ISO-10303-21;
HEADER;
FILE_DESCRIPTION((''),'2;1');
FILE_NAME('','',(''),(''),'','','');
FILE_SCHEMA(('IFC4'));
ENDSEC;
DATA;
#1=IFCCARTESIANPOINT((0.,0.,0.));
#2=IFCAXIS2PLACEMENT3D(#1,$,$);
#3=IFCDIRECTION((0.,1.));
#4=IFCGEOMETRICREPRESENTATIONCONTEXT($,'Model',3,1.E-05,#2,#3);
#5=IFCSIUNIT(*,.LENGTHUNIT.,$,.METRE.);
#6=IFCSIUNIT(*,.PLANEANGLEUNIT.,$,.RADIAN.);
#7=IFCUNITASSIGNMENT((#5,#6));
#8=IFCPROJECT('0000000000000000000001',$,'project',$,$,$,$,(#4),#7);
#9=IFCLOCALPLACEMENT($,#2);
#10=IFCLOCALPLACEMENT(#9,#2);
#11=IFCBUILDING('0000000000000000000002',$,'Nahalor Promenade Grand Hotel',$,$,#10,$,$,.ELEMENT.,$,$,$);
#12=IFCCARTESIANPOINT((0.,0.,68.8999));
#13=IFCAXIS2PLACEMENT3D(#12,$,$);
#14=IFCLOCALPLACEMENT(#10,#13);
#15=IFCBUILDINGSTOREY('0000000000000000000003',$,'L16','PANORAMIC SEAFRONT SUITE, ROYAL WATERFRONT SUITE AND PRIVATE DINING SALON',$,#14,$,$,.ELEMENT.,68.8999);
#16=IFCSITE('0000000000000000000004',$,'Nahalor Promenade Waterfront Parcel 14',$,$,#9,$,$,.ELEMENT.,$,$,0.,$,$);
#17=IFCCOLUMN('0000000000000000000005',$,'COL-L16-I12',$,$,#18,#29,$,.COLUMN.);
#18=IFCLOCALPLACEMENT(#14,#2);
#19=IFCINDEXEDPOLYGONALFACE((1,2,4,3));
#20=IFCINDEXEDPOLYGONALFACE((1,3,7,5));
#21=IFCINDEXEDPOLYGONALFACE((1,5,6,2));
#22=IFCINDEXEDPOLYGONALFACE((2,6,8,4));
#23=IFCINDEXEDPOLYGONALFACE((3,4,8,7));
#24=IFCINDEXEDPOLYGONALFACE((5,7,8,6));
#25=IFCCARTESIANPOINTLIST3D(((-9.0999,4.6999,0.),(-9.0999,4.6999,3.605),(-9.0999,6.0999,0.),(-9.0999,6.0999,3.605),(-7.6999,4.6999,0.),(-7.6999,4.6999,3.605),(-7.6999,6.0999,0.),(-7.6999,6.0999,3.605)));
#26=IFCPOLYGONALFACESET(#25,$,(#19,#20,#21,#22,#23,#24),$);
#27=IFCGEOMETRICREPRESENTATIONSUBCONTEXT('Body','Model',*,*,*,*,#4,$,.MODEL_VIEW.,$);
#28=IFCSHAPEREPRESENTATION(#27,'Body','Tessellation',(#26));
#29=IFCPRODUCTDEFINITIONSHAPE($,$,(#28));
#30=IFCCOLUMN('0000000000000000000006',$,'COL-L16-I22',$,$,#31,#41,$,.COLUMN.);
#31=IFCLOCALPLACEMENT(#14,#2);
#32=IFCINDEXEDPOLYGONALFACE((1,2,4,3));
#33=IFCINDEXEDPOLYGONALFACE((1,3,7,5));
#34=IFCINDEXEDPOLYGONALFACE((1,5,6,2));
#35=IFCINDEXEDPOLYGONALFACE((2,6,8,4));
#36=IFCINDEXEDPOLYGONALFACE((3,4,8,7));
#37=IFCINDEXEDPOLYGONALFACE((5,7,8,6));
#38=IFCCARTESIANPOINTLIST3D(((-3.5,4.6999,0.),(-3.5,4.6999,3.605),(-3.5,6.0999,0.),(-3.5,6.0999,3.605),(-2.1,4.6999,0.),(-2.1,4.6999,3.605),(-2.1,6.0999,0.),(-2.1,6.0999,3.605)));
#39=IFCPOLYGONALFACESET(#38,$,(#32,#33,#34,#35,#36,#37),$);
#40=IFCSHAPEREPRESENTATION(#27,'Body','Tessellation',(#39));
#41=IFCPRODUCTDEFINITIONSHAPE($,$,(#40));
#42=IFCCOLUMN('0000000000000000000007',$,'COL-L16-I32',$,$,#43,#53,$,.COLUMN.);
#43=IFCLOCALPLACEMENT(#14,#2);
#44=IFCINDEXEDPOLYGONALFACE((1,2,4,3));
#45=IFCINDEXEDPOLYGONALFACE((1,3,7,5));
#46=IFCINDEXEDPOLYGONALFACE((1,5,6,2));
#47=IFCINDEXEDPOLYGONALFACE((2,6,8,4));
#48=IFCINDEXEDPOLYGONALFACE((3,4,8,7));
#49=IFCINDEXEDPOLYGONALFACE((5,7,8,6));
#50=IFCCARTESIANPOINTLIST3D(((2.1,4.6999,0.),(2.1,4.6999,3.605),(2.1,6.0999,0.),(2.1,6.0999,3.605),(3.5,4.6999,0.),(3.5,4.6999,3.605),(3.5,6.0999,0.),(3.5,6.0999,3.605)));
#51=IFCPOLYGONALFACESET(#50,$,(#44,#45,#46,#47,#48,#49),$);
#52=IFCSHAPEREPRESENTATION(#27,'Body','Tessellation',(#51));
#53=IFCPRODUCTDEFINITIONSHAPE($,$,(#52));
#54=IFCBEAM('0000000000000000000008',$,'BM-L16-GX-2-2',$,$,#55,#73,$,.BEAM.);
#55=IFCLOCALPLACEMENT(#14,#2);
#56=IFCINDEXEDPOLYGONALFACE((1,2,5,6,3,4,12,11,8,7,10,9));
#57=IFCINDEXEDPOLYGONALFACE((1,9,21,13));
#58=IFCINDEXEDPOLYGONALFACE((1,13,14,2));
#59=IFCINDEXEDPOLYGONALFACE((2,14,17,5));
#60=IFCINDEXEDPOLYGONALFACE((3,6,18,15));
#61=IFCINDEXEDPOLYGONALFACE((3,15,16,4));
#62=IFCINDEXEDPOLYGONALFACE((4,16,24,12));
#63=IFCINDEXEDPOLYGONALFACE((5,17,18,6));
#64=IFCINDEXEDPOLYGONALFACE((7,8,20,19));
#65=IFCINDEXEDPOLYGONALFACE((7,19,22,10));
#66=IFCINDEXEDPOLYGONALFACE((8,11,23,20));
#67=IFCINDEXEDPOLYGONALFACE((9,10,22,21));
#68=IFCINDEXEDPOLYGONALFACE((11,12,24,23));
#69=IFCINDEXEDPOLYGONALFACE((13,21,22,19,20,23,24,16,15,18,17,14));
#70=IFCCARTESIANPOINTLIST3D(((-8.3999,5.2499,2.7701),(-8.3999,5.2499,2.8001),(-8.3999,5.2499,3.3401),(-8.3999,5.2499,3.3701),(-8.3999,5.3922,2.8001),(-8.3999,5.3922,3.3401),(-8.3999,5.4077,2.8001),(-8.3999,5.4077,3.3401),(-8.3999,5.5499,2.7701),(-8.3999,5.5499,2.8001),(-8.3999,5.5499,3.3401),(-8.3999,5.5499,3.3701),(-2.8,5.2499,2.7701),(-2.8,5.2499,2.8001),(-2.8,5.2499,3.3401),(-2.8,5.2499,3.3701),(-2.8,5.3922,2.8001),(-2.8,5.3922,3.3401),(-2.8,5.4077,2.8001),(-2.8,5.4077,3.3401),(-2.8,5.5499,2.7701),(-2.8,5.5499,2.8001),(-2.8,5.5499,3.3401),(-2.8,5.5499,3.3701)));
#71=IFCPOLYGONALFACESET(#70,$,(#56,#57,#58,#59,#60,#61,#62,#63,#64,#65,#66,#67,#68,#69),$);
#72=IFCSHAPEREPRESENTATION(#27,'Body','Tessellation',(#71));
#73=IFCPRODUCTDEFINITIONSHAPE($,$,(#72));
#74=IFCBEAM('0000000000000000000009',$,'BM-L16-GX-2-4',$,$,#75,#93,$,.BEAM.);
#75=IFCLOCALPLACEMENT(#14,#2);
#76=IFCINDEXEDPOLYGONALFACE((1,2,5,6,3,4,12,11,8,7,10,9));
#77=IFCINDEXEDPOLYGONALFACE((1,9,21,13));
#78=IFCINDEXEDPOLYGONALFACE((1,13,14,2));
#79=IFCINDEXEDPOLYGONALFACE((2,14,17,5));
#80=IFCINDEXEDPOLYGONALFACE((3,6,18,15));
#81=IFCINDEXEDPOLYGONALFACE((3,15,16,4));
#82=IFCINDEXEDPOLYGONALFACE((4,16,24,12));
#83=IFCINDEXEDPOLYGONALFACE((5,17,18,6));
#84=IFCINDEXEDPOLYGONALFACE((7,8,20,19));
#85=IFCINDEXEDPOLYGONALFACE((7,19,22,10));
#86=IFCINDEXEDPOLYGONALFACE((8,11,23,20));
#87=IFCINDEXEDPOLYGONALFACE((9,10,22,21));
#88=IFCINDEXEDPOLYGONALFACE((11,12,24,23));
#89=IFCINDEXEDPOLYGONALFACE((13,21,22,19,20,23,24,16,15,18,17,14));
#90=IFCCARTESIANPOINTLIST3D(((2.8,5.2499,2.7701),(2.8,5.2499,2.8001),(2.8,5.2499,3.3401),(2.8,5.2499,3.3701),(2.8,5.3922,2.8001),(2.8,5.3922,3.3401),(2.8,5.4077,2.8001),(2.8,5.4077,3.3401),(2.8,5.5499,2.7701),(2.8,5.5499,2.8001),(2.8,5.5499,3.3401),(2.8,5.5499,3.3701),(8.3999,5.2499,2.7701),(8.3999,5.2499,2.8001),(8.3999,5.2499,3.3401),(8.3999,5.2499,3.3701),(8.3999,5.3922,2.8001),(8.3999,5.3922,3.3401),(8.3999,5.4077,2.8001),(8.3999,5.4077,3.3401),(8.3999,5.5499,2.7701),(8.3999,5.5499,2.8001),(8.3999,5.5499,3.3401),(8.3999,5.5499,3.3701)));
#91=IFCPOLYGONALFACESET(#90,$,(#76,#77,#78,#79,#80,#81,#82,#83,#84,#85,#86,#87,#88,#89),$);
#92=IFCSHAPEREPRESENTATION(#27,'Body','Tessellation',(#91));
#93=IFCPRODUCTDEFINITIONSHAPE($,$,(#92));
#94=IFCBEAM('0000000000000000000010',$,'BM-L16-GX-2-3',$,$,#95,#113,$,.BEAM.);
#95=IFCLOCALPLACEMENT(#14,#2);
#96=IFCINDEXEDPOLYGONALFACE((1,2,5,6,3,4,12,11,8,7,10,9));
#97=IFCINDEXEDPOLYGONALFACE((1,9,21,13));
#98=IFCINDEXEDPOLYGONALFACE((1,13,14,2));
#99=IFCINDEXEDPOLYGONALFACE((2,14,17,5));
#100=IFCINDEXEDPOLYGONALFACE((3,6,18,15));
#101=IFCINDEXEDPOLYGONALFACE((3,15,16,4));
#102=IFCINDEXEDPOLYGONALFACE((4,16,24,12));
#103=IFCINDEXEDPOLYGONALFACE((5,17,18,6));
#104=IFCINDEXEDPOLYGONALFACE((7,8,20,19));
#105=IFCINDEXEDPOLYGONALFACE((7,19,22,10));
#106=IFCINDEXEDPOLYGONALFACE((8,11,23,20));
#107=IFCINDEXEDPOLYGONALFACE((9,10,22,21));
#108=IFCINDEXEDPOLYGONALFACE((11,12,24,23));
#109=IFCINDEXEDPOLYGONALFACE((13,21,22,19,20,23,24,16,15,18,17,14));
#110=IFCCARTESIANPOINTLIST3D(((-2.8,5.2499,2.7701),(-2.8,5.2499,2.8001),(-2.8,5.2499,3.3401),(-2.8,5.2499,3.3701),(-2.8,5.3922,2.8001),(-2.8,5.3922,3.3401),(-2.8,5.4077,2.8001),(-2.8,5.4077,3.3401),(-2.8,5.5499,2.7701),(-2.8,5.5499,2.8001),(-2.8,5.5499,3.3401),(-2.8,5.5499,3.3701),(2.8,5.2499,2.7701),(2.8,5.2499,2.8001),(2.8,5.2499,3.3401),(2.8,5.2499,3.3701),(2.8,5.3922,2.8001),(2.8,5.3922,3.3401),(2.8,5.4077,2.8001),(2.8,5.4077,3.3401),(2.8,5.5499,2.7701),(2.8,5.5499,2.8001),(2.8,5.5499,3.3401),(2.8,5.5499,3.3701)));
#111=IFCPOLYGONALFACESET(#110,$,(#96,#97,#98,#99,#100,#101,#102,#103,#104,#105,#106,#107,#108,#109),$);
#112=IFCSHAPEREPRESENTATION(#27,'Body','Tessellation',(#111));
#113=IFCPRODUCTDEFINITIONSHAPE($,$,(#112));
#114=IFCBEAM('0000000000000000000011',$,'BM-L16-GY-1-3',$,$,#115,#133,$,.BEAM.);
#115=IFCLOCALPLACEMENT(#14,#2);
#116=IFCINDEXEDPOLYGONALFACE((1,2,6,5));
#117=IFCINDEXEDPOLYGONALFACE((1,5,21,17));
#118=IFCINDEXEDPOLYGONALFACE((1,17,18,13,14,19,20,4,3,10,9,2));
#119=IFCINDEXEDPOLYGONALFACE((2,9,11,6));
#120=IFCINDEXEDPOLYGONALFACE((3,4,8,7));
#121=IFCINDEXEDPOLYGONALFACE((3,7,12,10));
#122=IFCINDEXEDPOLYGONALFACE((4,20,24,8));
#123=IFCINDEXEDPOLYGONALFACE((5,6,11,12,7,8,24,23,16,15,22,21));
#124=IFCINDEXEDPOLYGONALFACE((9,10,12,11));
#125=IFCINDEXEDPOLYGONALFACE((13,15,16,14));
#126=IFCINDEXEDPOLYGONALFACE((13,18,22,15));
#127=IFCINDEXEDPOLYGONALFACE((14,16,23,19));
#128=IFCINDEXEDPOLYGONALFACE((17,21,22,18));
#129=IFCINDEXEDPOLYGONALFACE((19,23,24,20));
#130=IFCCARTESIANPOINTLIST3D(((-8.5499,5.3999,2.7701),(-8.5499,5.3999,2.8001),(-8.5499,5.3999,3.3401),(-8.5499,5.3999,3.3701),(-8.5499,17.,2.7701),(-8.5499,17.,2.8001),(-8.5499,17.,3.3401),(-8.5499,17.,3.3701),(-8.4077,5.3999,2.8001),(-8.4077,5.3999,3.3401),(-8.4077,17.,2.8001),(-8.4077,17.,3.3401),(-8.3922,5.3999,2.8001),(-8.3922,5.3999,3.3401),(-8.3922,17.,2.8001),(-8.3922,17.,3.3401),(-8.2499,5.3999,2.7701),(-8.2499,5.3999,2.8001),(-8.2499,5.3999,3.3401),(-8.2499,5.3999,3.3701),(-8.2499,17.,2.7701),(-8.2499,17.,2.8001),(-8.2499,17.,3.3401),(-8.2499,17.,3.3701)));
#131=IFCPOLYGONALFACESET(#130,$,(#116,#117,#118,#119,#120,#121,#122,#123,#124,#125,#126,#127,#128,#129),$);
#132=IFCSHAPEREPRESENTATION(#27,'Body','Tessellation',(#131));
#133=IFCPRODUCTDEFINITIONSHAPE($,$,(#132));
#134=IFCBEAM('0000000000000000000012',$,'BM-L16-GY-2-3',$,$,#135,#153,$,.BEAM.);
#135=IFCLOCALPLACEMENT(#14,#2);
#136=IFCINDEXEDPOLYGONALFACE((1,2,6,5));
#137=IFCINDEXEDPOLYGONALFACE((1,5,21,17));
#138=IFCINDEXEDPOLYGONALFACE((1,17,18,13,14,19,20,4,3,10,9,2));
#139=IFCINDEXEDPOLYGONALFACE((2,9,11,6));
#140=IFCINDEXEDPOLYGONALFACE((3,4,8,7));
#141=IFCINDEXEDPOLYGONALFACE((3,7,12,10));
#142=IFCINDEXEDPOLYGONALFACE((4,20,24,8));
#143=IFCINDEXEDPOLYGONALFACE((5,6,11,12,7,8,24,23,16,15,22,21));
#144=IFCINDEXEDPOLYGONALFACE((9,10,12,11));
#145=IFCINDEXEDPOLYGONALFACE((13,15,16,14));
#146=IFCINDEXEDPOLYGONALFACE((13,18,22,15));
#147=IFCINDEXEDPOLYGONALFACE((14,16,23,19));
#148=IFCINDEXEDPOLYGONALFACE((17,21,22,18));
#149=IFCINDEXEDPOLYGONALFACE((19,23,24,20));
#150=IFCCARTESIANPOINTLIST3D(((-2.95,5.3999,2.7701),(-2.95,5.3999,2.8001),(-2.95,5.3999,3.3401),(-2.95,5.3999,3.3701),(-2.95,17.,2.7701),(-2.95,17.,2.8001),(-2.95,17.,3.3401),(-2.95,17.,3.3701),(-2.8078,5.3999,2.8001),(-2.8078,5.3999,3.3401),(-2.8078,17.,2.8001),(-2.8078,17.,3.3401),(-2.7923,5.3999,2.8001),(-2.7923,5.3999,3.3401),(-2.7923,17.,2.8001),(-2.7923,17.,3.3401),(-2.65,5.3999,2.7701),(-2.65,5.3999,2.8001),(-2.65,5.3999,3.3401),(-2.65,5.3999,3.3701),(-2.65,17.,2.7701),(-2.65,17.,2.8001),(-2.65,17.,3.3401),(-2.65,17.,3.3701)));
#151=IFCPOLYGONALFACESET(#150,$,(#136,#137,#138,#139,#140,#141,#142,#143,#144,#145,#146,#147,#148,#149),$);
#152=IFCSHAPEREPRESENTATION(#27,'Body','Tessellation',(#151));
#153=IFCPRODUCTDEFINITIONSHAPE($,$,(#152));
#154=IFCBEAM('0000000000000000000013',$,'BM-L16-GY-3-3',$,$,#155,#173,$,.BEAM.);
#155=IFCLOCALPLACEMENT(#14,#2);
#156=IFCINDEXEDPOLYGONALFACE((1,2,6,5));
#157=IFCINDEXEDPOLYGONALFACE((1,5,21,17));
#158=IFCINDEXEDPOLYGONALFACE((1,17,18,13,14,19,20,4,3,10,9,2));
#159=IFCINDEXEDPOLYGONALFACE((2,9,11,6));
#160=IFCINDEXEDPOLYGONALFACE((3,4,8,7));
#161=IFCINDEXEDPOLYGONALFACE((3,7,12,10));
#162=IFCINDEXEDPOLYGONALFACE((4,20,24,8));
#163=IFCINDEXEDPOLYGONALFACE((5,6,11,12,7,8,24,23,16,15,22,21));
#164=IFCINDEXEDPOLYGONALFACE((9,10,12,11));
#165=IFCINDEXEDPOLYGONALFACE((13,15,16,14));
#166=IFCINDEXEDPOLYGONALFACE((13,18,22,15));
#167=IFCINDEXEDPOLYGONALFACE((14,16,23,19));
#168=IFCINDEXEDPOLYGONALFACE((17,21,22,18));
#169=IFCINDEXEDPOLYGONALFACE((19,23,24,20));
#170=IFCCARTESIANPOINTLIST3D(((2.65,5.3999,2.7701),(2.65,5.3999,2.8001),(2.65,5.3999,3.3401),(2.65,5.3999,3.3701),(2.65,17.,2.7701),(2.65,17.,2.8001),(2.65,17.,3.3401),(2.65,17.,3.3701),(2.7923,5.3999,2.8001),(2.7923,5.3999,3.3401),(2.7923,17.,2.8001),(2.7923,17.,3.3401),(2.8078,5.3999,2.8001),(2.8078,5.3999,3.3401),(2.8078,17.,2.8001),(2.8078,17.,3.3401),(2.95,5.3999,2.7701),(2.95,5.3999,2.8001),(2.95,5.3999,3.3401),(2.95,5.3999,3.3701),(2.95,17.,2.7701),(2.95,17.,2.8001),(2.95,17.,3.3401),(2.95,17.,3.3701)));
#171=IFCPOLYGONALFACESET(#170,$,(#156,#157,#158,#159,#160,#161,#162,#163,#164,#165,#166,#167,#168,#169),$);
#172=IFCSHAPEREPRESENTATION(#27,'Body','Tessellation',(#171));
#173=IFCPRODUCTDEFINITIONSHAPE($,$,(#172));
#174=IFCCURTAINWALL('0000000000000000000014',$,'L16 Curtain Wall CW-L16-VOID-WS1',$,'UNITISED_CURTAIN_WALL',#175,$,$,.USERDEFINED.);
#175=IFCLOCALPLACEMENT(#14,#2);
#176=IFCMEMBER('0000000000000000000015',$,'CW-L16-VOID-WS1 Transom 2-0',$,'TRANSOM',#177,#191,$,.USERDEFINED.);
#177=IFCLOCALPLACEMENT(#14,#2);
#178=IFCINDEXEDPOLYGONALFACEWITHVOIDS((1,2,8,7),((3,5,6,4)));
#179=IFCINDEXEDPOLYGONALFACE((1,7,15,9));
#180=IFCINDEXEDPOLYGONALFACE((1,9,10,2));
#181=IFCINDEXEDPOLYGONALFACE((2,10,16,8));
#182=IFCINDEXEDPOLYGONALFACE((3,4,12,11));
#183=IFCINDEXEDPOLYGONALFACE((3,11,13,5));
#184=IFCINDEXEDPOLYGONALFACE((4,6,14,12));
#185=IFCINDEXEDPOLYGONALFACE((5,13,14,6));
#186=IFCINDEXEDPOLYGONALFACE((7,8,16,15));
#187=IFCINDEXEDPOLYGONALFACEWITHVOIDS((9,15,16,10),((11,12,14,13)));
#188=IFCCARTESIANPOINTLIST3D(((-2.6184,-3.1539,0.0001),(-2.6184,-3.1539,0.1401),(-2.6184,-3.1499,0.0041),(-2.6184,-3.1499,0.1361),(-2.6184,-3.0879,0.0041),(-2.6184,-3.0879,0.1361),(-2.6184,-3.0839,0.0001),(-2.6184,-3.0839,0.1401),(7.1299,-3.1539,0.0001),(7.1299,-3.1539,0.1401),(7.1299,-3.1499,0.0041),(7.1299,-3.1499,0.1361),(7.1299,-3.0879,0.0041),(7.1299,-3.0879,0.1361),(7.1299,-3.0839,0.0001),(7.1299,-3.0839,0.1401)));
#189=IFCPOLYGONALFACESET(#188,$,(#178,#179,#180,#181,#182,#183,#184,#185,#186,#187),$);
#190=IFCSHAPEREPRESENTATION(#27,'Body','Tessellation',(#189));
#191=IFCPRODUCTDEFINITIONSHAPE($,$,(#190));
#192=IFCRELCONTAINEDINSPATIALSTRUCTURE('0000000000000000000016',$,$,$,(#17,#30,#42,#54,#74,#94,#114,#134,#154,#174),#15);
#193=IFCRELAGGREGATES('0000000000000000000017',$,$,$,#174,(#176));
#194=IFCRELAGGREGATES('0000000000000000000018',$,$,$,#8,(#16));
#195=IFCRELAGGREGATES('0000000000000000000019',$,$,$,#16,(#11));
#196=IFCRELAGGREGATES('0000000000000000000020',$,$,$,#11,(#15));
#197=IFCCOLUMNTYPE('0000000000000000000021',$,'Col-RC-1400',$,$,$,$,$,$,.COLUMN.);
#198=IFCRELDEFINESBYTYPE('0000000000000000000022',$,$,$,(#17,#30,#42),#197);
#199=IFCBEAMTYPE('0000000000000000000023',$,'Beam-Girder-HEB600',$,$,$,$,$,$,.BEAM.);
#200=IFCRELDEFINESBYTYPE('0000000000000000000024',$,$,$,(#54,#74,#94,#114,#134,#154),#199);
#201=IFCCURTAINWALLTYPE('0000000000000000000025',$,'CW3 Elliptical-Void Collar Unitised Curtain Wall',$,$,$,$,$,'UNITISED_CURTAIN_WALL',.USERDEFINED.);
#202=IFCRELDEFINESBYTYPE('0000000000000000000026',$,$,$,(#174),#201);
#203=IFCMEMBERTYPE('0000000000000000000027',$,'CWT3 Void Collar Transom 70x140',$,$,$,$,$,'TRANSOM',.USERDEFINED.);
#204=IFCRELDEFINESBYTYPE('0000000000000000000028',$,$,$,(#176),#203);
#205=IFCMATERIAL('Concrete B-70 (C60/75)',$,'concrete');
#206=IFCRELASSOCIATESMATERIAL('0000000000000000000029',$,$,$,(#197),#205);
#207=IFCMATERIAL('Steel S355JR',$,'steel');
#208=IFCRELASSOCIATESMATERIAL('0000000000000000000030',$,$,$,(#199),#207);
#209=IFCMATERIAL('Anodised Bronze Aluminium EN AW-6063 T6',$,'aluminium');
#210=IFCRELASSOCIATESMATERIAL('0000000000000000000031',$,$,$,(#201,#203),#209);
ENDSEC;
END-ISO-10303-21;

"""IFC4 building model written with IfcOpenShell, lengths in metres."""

from ifc_helpers import new_model, si_unit, direction, frame, origin, origin_2d, place, context, subcontext, project, spatial, rectangle, hollow_rectangle, i_section, extrude, source, transform, mapped, material, material_profile, profile_set, type_object, element, aggregate, save


model = new_model("IFC4")

# Units and contexts
model_context = context("Model", 3, precision=1e-05, world=origin(), true_north=direction((0.0, 1.0)))
body_context = subcontext(model_context, "Body", "Model", "MODEL_VIEW")
ifc_project = project(units=[si_unit("LENGTHUNIT", "METRE"), si_unit("PLANEANGLEUNIT", "RADIAN")], contexts=[model_context])

# Site, building, storey
site_placement = place(None, origin())
site = spatial("IfcSite", under=ifc_project, at=site_placement, Name="Nahalor Promenade Waterfront Parcel 14", CompositionType="ELEMENT", RefElevation=0.0)
building_placement = place(site_placement, origin())
building = spatial("IfcBuilding", under=site, at=building_placement, Name="Nahalor Promenade Grand Hotel", CompositionType="ELEMENT")
storey_placement = place(building_placement, frame((0.0, 0.0, 68.8999)))
storey = spatial("IfcBuildingStorey", under=building, at=storey_placement, Name="L16", Description="PANORAMIC SEAFRONT SUITE, ROYAL WATERFRONT SUITE AND PRIVATE DINING SALON", CompositionType="ELEMENT", Elevation=68.8999)

# Columns
ifc_material_1 = material(Name="Concrete B-70 (C60/75)", Category="concrete")
ifc_material_profile_1 = material_profile(ifc_material_1, rectangle(XDim=1.4, YDim=1.4, at=origin_2d()), Name="RC 1400x1400")
ifc_profile_set_1 = profile_set([ifc_material_profile_1], Name="Concrete B-70 (C60/75)")
column_type = type_object("IfcColumnType", Name="Col-RC-1400", PredefinedType="COLUMN", material=ifc_profile_set_1)
shared_shape_1 = source(origin(), body_context, "Body", "SweptSolid", [
    extrude(rectangle(XDim=1.4, YDim=1.4, at=origin_2d()), origin(), (0.0, 0.0, 1.0), 3.605),
])
for number, where, z_axis, x_axis, name in (
    (1, (-8.3999, 5.3999, 0.0), (0.0, 0.0, 1.0), (1.0, 0.0, 0.0), "COL-L16-I12"),
    (2, (-2.8, 5.3999, 0.0), (0.0, 0.0, 1.0), (1.0, 0.0, 0.0), "COL-L16-I22"),
    (3, (2.8, 5.3999, 0.0), (0.0, 0.0, 1.0), (1.0, 0.0, 0.0), "COL-L16-I32"),
):
    element("IfcColumn", number, at=place(storey_placement, frame(where, z_axis=z_axis, x_axis=x_axis)), inside=storey, type_object=column_type, Name=name, PredefinedType="COLUMN", context=body_context, shape_type="MappedRepresentation", body=[
        mapped(shared_shape_1, transform((0.0, 0.0, 0.0), scale=1.0)),
    ])

# Beams
ifc_material_2 = material(Name="Steel S355JR", Category="steel")
ifc_material_profile_2 = material_profile(ifc_material_2, i_section(OverallWidth=0.3, OverallDepth=0.6, WebThickness=0.0155, FlangeThickness=0.03, at=origin_2d()), Name="HEB 600")
ifc_profile_set_2 = profile_set([ifc_material_profile_2], Name="Steel S355JR")
beam_type = type_object("IfcBeamType", Name="Beam-Girder-HEB600", PredefinedType="BEAM", material=ifc_profile_set_2)
shared_shape_2 = source(origin(), body_context, "Body", "SweptSolid", [
    extrude(i_section(OverallWidth=0.3, OverallDepth=0.6, WebThickness=0.0155, FlangeThickness=0.03, at=origin_2d()), origin(), (0.0, 0.0, 1.0), 5.5999),
])
for number, where, z_axis, x_axis, name in (
    (4, (-8.3999, 5.3999, 3.0701), (1.0, 0.0, 0.0), (0.0, 1.0, 0.0), "BM-L16-GX-2-2"),
    (5, (2.8, 5.3999, 3.0701), (1.0, 0.0, 0.0), (0.0, 1.0, 0.0), "BM-L16-GX-2-4"),
):
    element("IfcBeam", number, at=place(storey_placement, frame(where, z_axis=z_axis, x_axis=x_axis)), inside=storey, type_object=beam_type, Name=name, PredefinedType="BEAM", context=body_context, shape_type="MappedRepresentation", body=[
        mapped(shared_shape_2, transform((0.0, 0.0, 0.0), scale=1.0)),
    ])
shared_shape_3 = source(origin(), body_context, "Body", "SweptSolid", [
    extrude(i_section(OverallWidth=0.3, OverallDepth=0.6, WebThickness=0.0155, FlangeThickness=0.03, at=origin_2d()), origin(), (0.0, 0.0, 1.0), 5.6001),
])
beam_placement = place(storey_placement, frame((-2.8, 5.3999, 3.0701), z_axis=(1.0, 0.0, 0.0), x_axis=(0.0, 1.0, 0.0)))
element("IfcBeam", 6, at=beam_placement, inside=storey, type_object=beam_type, Name="BM-L16-GX-2-3", PredefinedType="BEAM", context=body_context, shape_type="MappedRepresentation", body=[
    mapped(shared_shape_3, transform((0.0, 0.0, 0.0), scale=1.0)),
])
shared_shape_4 = source(origin(), body_context, "Body", "SweptSolid", [
    extrude(i_section(OverallWidth=0.3, OverallDepth=0.6, WebThickness=0.0155, FlangeThickness=0.03, at=origin_2d()), origin(), (0.0, 0.0, 1.0), 11.6001),
])
for number, where, z_axis, x_axis, name in (
    (7, (-8.3999, 5.3999, 3.0701), (0.0, 1.0, 0.0), (-1.0, 0.0, 0.0), "BM-L16-GY-1-3"),
    (8, (-2.8, 5.3999, 3.0701), (0.0, 1.0, 0.0), (-1.0, 0.0, 0.0), "BM-L16-GY-2-3"),
    (9, (2.8, 5.3999, 3.0701), (0.0, 1.0, 0.0), (-1.0, 0.0, 0.0), "BM-L16-GY-3-3"),
):
    element("IfcBeam", number, at=place(storey_placement, frame(where, z_axis=z_axis, x_axis=x_axis)), inside=storey, type_object=beam_type, Name=name, PredefinedType="BEAM", context=body_context, shape_type="MappedRepresentation", body=[
        mapped(shared_shape_4, transform((0.0, 0.0, 0.0), scale=1.0)),
    ])

# Curtain wall, member
ifc_material_3 = material(Name="Anodised Bronze Aluminium EN AW-6063 T6", Category="aluminium")
curtain_wall_type = type_object("IfcCurtainWallType", Name="CW3 Elliptical-Void Collar Unitised Curtain Wall", ElementType="UNITISED_CURTAIN_WALL", PredefinedType="USERDEFINED", material=ifc_material_3)
curtain_wall_1_placement = place(storey_placement, origin())
curtain_wall_1 = element("IfcCurtainWall", 10, at=curtain_wall_1_placement, inside=storey, type_object=curtain_wall_type, Name="L16 Curtain Wall CW-L16-VOID-WS1", ObjectType="UNITISED_CURTAIN_WALL", PredefinedType="USERDEFINED")
ifc_material_profile_3 = material_profile(ifc_material_3, hollow_rectangle(XDim=0.07, YDim=0.14, WallThickness=0.004, at=origin_2d()), Name="CWT 70x140x4")
ifc_profile_set_3 = profile_set([ifc_material_profile_3], Name="Anodised Bronze Aluminium EN AW-6063 T6")
member_type_1 = type_object("IfcMemberType", Name="CWT3 Void Collar Transom 70x140", ElementType="TRANSOM", PredefinedType="USERDEFINED", material=ifc_profile_set_3)
shared_shape_5 = source(origin(), body_context, "Body", "SweptSolid", [
    extrude(hollow_rectangle(XDim=0.07, YDim=0.14, WallThickness=0.004, at=origin_2d()), origin(), (0.0, 0.0, 1.0), 9.7483),
])
member_1_placement = place(storey_placement, frame((-2.6184, -3.1189, 0.0701), z_axis=(1.0, 0.0, 0.0), x_axis=(0.0, 1.0, 0.0)))
member_1 = element("IfcMember", 11, at=member_1_placement, type_object=member_type_1, Name="CW-L16-VOID-WS1 Transom 2-0", ObjectType="TRANSOM", PredefinedType="USERDEFINED", context=body_context, shape_type="MappedRepresentation", body=[
    mapped(shared_shape_5, transform((0.0, 0.0, 0.0), scale=1.0)),
])

aggregate(curtain_wall_1, [member_1])

save(model, "model.ifc")
